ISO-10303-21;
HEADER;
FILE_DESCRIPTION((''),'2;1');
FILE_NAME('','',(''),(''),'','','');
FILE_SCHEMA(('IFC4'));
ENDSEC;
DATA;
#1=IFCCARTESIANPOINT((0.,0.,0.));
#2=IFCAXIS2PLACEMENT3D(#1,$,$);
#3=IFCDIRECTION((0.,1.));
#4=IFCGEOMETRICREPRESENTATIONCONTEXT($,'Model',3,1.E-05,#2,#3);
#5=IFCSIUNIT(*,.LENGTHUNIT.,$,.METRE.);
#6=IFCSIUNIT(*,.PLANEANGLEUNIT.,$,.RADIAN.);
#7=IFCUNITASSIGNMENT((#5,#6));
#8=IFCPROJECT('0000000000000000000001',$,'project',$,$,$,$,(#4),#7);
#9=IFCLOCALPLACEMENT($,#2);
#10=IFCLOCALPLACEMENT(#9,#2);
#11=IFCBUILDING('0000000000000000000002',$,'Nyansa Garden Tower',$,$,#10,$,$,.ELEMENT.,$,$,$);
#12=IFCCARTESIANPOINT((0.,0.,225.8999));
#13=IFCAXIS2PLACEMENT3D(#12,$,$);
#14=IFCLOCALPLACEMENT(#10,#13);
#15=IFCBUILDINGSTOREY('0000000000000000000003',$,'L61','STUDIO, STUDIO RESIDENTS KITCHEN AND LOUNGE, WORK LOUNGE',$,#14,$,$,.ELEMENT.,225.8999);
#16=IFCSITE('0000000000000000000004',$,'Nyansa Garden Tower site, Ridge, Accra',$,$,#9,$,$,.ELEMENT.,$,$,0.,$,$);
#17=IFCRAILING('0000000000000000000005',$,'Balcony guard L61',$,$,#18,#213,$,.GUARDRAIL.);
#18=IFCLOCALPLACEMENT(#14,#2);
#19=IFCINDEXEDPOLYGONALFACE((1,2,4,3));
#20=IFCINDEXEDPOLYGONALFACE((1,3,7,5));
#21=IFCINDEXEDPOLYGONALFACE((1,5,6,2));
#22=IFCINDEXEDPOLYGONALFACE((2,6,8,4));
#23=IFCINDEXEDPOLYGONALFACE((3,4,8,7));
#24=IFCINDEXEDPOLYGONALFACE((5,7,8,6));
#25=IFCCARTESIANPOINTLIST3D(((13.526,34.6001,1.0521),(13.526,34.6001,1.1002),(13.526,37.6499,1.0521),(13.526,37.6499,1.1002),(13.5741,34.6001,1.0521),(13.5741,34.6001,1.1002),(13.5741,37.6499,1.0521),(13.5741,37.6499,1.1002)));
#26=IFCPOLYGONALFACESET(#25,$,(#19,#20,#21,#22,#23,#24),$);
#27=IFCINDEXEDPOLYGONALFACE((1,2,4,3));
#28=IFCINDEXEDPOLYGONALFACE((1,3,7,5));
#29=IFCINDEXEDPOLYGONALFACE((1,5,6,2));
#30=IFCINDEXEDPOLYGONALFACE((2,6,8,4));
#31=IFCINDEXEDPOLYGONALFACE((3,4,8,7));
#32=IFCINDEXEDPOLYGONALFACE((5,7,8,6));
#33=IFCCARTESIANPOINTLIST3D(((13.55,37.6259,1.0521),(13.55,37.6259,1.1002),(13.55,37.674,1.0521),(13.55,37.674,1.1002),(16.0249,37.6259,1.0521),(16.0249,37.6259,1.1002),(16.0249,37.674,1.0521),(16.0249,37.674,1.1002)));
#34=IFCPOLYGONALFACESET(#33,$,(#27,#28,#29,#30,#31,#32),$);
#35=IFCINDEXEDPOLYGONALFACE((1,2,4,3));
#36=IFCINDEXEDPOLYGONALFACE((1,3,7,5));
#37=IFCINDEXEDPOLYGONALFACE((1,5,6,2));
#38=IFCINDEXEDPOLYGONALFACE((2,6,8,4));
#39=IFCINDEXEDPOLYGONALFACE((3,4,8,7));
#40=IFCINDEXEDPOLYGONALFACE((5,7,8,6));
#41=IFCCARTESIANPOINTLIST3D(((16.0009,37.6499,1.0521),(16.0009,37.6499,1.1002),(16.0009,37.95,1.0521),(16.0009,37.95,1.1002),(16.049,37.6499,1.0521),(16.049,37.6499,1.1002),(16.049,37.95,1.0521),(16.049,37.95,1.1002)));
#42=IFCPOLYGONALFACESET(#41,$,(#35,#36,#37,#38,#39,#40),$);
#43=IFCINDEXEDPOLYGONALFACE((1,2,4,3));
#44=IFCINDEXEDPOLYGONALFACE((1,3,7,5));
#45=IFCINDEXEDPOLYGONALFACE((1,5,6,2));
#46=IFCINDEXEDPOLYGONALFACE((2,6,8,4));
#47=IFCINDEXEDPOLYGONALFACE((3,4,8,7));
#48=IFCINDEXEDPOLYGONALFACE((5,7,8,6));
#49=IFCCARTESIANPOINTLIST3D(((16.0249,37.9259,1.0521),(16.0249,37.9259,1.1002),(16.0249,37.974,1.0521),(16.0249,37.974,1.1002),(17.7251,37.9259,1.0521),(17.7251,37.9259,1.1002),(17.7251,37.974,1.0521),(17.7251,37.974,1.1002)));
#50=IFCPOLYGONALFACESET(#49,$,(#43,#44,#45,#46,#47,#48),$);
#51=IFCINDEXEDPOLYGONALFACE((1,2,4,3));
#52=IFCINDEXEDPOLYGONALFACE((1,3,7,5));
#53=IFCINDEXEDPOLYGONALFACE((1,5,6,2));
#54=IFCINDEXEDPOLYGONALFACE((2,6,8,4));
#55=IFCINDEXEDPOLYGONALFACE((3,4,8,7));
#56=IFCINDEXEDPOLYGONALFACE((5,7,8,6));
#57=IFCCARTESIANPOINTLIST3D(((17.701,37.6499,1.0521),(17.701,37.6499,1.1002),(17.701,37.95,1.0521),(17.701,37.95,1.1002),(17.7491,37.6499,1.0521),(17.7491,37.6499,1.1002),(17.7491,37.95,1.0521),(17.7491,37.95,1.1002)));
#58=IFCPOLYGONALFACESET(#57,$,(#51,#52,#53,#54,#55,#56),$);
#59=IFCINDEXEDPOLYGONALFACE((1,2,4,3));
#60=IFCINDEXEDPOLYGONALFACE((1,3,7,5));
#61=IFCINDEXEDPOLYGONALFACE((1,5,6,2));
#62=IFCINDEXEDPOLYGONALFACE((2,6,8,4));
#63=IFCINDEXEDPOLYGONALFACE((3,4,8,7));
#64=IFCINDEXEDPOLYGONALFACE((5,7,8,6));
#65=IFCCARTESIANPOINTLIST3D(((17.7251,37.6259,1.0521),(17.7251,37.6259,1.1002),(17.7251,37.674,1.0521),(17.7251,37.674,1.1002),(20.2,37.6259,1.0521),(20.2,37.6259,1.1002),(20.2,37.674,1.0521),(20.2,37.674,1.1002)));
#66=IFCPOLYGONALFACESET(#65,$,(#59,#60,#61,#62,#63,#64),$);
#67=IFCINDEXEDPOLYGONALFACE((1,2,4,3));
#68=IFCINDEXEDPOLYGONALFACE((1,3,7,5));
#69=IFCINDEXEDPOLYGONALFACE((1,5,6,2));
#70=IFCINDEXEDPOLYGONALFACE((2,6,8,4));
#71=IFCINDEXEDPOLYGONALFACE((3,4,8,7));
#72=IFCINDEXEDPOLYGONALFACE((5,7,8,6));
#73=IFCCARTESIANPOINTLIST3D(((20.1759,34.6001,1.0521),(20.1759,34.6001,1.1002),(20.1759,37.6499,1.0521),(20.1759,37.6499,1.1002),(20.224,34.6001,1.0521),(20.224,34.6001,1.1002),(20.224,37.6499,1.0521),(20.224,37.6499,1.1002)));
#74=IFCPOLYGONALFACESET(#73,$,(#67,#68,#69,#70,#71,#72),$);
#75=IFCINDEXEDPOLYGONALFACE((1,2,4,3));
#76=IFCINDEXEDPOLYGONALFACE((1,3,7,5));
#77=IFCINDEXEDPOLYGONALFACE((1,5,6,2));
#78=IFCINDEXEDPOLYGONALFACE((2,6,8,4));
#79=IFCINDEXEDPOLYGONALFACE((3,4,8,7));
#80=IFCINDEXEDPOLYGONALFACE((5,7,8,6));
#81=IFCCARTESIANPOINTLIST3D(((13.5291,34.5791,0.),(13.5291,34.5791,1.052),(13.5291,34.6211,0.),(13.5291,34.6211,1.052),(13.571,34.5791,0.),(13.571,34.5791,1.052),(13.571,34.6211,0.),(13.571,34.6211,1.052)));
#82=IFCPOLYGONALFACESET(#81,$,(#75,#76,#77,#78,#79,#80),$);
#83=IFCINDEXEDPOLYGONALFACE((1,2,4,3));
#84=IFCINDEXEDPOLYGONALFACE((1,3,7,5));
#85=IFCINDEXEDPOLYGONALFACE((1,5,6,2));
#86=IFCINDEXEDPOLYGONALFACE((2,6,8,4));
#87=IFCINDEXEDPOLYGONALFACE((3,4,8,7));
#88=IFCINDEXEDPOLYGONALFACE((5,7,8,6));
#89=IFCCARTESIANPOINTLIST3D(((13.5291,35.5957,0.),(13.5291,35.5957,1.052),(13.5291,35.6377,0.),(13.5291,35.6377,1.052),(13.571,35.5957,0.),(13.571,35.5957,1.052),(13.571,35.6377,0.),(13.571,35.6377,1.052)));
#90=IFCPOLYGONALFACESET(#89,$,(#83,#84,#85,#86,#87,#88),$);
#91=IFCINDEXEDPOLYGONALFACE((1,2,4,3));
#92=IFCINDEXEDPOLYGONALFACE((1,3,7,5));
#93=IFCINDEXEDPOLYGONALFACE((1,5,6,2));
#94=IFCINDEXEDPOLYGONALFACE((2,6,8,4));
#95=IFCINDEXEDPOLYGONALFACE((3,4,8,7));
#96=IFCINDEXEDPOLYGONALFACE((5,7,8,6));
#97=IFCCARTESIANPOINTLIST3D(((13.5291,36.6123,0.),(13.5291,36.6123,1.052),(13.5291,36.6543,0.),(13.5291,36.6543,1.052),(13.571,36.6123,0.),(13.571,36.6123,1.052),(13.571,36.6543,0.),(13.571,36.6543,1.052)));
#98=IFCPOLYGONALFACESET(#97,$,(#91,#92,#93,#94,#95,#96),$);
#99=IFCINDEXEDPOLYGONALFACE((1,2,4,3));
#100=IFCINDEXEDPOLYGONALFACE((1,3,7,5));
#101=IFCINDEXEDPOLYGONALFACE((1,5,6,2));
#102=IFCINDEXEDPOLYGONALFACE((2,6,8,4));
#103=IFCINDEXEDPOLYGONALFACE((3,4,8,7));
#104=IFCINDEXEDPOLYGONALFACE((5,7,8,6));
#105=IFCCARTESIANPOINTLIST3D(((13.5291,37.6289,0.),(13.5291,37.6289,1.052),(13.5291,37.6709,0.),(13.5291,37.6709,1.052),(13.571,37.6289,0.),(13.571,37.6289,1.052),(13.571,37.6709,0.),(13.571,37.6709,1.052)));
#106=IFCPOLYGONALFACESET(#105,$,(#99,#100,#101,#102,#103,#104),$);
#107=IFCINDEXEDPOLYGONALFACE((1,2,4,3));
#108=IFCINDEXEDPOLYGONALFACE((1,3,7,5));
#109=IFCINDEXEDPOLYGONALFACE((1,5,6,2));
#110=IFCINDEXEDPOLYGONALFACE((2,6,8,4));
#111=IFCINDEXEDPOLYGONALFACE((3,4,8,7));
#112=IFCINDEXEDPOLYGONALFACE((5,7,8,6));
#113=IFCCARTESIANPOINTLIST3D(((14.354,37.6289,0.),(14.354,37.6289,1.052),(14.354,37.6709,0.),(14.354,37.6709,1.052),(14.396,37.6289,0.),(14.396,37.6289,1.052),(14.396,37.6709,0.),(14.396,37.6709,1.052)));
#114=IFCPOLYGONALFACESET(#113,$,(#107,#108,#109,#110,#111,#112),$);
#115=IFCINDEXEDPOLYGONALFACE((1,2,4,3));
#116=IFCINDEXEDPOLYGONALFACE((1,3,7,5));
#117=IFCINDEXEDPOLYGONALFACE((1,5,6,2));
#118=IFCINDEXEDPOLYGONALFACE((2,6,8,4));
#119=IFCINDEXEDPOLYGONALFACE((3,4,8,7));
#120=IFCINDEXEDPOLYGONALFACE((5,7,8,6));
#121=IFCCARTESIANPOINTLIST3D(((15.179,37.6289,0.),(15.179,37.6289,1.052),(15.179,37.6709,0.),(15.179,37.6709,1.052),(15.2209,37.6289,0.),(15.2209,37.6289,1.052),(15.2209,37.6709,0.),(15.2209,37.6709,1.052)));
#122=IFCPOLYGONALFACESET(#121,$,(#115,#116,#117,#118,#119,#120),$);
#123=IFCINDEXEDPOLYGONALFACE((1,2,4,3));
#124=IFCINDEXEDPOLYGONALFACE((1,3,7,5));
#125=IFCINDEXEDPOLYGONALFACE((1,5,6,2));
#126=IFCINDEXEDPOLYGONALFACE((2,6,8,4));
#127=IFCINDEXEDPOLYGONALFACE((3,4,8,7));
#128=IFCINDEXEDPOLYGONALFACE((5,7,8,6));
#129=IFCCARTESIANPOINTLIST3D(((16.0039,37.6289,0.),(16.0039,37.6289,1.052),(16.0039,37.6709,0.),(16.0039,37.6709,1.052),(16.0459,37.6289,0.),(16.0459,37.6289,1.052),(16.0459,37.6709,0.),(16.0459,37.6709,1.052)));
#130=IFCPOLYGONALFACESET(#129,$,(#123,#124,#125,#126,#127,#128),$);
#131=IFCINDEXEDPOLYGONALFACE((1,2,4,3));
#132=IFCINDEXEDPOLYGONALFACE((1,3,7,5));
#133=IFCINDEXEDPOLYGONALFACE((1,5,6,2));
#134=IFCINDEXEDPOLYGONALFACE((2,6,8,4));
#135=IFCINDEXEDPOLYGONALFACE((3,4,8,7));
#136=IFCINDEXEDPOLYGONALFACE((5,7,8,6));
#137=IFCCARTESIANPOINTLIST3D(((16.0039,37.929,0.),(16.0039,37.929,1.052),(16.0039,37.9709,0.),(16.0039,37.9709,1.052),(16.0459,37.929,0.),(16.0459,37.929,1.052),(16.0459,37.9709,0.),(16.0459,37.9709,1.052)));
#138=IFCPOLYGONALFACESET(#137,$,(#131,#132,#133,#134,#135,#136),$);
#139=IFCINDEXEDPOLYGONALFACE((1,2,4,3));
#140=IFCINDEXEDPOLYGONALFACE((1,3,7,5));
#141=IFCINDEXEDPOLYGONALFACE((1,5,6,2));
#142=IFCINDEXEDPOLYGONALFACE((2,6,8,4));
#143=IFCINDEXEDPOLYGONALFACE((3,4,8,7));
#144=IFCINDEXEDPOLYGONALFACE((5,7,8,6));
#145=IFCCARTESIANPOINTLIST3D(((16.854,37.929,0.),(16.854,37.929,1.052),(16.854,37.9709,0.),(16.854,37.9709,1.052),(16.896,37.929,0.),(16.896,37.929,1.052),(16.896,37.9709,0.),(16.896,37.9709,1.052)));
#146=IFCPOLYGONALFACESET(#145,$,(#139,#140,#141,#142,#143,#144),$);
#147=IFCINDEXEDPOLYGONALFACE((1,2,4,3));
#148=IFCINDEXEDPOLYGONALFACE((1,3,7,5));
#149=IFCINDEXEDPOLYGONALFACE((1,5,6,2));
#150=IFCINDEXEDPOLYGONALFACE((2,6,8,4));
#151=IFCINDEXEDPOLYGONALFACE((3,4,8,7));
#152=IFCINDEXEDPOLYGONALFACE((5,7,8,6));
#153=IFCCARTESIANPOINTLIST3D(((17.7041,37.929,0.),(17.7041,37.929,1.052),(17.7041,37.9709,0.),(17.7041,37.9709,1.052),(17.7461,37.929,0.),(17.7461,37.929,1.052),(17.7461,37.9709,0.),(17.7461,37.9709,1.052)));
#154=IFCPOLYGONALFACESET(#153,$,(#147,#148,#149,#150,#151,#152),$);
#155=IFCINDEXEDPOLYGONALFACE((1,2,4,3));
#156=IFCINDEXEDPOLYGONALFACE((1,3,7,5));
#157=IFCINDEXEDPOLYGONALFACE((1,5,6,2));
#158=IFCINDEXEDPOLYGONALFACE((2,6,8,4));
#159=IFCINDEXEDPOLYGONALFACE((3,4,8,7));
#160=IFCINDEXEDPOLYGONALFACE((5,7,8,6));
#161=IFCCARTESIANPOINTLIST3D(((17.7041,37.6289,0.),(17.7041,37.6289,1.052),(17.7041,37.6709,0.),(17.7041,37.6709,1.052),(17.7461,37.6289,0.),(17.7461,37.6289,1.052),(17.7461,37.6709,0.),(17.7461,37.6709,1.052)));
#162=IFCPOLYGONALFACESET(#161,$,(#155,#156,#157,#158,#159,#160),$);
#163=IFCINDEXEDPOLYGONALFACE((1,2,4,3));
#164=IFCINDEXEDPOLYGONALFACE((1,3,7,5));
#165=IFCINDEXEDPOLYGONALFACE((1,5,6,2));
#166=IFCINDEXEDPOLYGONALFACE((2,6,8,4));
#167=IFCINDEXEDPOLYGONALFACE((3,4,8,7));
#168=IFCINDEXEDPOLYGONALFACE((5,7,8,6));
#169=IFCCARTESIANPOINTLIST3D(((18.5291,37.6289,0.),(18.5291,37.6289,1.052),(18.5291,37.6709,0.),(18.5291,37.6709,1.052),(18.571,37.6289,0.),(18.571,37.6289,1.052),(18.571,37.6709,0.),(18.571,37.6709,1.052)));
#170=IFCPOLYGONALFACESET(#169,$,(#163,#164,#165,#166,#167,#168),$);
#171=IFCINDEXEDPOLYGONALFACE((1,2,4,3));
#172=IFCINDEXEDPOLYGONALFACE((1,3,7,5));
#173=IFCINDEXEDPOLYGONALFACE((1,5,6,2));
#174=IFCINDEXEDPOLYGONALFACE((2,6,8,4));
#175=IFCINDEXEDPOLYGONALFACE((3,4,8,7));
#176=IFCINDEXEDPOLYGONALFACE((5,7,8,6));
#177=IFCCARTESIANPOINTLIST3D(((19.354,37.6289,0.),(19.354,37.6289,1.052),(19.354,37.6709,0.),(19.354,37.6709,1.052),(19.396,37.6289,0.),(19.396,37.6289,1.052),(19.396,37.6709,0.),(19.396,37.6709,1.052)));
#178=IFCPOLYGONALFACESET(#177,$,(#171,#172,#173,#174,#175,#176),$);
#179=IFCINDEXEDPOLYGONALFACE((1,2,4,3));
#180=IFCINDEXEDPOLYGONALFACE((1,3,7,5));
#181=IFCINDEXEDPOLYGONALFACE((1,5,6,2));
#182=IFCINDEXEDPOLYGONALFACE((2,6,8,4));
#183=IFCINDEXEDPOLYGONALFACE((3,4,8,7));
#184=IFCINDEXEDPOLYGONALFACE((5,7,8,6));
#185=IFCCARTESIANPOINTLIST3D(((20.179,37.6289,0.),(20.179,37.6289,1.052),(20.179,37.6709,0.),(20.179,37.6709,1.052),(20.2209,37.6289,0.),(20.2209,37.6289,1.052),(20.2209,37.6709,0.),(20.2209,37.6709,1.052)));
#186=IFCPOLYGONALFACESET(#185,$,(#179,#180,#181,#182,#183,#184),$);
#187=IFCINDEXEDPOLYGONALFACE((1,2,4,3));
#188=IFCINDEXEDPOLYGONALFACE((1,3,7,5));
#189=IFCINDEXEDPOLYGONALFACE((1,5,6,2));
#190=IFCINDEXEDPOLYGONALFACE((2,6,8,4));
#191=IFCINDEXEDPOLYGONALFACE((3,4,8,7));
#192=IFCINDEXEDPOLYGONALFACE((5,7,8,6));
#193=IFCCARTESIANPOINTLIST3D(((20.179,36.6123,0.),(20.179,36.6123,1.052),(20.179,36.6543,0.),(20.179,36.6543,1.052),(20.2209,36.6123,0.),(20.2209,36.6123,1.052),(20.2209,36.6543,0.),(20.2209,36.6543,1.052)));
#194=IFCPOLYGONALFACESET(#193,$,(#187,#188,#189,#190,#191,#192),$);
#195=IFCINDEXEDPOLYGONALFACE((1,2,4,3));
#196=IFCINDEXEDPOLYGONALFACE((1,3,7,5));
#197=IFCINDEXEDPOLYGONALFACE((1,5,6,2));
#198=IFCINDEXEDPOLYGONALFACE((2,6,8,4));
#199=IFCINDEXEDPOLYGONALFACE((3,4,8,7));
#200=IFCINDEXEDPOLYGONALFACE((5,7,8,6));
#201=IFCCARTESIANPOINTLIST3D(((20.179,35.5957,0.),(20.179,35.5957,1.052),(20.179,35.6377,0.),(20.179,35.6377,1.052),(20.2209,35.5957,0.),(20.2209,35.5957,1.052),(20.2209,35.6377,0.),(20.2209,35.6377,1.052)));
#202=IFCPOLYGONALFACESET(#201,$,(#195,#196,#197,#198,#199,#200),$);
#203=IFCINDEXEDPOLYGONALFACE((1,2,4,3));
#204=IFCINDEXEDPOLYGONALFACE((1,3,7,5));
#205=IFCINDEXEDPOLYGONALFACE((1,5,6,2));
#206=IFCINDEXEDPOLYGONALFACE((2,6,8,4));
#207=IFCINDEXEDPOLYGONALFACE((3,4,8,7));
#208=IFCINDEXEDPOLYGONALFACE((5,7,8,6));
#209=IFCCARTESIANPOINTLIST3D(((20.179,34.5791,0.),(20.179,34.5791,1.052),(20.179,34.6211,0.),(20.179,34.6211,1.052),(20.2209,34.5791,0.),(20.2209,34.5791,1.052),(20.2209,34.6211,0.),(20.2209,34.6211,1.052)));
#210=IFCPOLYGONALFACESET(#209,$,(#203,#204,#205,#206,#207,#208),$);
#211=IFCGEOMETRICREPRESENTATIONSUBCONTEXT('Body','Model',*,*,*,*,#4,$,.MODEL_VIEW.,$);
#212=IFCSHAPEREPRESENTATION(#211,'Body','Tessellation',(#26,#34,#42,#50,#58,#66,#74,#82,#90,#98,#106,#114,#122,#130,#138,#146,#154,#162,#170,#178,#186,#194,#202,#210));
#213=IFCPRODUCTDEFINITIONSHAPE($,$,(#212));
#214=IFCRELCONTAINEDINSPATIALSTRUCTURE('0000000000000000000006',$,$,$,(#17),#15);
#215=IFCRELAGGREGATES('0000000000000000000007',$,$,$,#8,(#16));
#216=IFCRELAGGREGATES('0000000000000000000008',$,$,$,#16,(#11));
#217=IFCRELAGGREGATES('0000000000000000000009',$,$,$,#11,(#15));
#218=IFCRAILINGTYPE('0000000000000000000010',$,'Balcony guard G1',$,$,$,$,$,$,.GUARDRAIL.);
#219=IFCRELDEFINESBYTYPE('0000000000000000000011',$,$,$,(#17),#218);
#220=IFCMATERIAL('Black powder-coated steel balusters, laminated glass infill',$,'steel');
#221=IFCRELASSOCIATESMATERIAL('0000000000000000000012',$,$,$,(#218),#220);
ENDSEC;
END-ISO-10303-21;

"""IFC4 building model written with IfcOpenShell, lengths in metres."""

from ifc_helpers import new_model, si_unit, direction, frame, origin, origin_2d, place, context, subcontext, project, spatial, rectangle, extrude, material, type_object, element, save


model = new_model("IFC4")

# Units and contexts
model_context = context("Model", 3, precision=1e-05, world=origin(), true_north=direction((0.0, 1.0)))
body_context = subcontext(model_context, "Body", "Model", "MODEL_VIEW")
ifc_project = project(units=[si_unit("LENGTHUNIT", "METRE"), si_unit("PLANEANGLEUNIT", "RADIAN")], contexts=[model_context])

# Site, building, storey
site_placement = place(None, origin())
site = spatial("IfcSite", under=ifc_project, at=site_placement, Name="Nyansa Garden Tower site, Ridge, Accra", CompositionType="ELEMENT", RefElevation=0.0)
building_placement = place(site_placement, origin())
building = spatial("IfcBuilding", under=site, at=building_placement, Name="Nyansa Garden Tower", CompositionType="ELEMENT")
storey_placement = place(building_placement, frame((0.0, 0.0, 225.8999)))
storey = spatial("IfcBuildingStorey", under=building, at=storey_placement, Name="L61", Description="STUDIO, STUDIO RESIDENTS KITCHEN AND LOUNGE, WORK LOUNGE", CompositionType="ELEMENT", Elevation=225.8999)

# Railing
ifc_material_1 = material(Name="Black powder-coated steel balusters, laminated glass infill", Category="steel")
railing_type = type_object("IfcRailingType", Name="Balcony guard G1", PredefinedType="GUARDRAIL", material=ifc_material_1)
railing_placement = place(storey_placement, frame((13.55, 34.6001, 0.0)))
element("IfcRailing", 1, at=railing_placement, inside=storey, type_object=railing_type, Name="Balcony guard L61", PredefinedType="GUARDRAIL", context=body_context, shape_type="SweptSolid", body=[
    extrude(rectangle(XDim=0.0481, YDim=0.0481, at=origin_2d()), frame((0.0, 0.0, 1.0762), z_axis=(0.0, 1.0, 0.0), x_axis=(-1.0, 0.0, 0.0)), (0.0, 0.0, 1.0), 3.0498),
    extrude(rectangle(XDim=0.0481, YDim=0.0481, at=origin_2d()), frame((0.0, 3.0498, 1.0762), z_axis=(1.0, 0.0, 0.0), x_axis=(0.0, 1.0, 0.0)), (0.0, 0.0, 1.0), 2.4749),
    extrude(rectangle(XDim=0.0481, YDim=0.0481, at=origin_2d()), frame((2.4749, 3.0498, 1.0762), z_axis=(0.0, 1.0, 0.0), x_axis=(-1.0, 0.0, 0.0)), (0.0, 0.0, 1.0), 0.3),
    extrude(rectangle(XDim=0.0481, YDim=0.0481, at=origin_2d()), frame((2.4749, 3.3499, 1.0762), z_axis=(1.0, 0.0, 0.0), x_axis=(0.0, 1.0, 0.0)), (0.0, 0.0, 1.0), 1.7002),
    extrude(rectangle(XDim=0.0481, YDim=0.0481, at=origin_2d()), frame((4.175, 3.3499, 1.0762), z_axis=(0.0, -1.0, 0.0), x_axis=(1.0, 0.0, 0.0)), (0.0, 0.0, 1.0), 0.3),
    extrude(rectangle(XDim=0.0481, YDim=0.0481, at=origin_2d()), frame((4.175, 3.0498, 1.0762), z_axis=(1.0, 0.0, 0.0), x_axis=(0.0, 1.0, 0.0)), (0.0, 0.0, 1.0), 2.4749),
    extrude(rectangle(XDim=0.0481, YDim=0.0481, at=origin_2d()), frame((6.6499, 3.0498, 1.0762), z_axis=(0.0, -1.0, 0.0), x_axis=(1.0, 0.0, 0.0)), (0.0, 0.0, 1.0), 3.0498),
    extrude(rectangle(XDim=0.042, YDim=0.042, at=origin_2d()), origin(), (0.0, 0.0, 1.0), 1.052),
    extrude(rectangle(XDim=0.042, YDim=0.042, at=origin_2d()), frame((0.0, 1.0166, 0.0)), (0.0, 0.0, 1.0), 1.052),
    extrude(rectangle(XDim=0.042, YDim=0.042, at=origin_2d()), frame((0.0, 2.0332, 0.0)), (0.0, 0.0, 1.0), 1.052),
    extrude(rectangle(XDim=0.042, YDim=0.042, at=origin_2d()), frame((0.0, 3.0498, 0.0)), (0.0, 0.0, 1.0), 1.052),
    extrude(rectangle(XDim=0.042, YDim=0.042, at=origin_2d()), frame((0.825, 3.0498, 0.0)), (0.0, 0.0, 1.0), 1.052),
    extrude(rectangle(XDim=0.042, YDim=0.042, at=origin_2d()), frame((1.6499, 3.0498, 0.0)), (0.0, 0.0, 1.0), 1.052),
    extrude(rectangle(XDim=0.042, YDim=0.042, at=origin_2d()), frame((2.4749, 3.0498, 0.0)), (0.0, 0.0, 1.0), 1.052),
    extrude(rectangle(XDim=0.042, YDim=0.042, at=origin_2d()), frame((2.4749, 3.3499, 0.0)), (0.0, 0.0, 1.0), 1.052),
    extrude(rectangle(XDim=0.042, YDim=0.042, at=origin_2d()), frame((3.325, 3.3499, 0.0)), (0.0, 0.0, 1.0), 1.052),
    extrude(rectangle(XDim=0.042, YDim=0.042, at=origin_2d()), frame((4.175, 3.3499, 0.0)), (0.0, 0.0, 1.0), 1.052),
    extrude(rectangle(XDim=0.042, YDim=0.042, at=origin_2d()), frame((4.175, 3.0498, 0.0)), (0.0, 0.0, 1.0), 1.052),
    extrude(rectangle(XDim=0.042, YDim=0.042, at=origin_2d()), frame((5.0, 3.0498, 0.0)), (0.0, 0.0, 1.0), 1.052),
    extrude(rectangle(XDim=0.042, YDim=0.042, at=origin_2d()), frame((5.825, 3.0498, 0.0)), (0.0, 0.0, 1.0), 1.052),
    extrude(rectangle(XDim=0.042, YDim=0.042, at=origin_2d()), frame((6.6499, 3.0498, 0.0)), (0.0, 0.0, 1.0), 1.052),
    extrude(rectangle(XDim=0.042, YDim=0.042, at=origin_2d()), frame((6.6499, 2.0332, 0.0)), (0.0, 0.0, 1.0), 1.052),
    extrude(rectangle(XDim=0.042, YDim=0.042, at=origin_2d()), frame((6.6499, 1.0166, 0.0)), (0.0, 0.0, 1.0), 1.052),
    extrude(rectangle(XDim=0.042, YDim=0.042, at=origin_2d()), frame((6.6499, 0.0, 0.0)), (0.0, 0.0, 1.0), 1.052),
])

save(model, "model.ifc")
